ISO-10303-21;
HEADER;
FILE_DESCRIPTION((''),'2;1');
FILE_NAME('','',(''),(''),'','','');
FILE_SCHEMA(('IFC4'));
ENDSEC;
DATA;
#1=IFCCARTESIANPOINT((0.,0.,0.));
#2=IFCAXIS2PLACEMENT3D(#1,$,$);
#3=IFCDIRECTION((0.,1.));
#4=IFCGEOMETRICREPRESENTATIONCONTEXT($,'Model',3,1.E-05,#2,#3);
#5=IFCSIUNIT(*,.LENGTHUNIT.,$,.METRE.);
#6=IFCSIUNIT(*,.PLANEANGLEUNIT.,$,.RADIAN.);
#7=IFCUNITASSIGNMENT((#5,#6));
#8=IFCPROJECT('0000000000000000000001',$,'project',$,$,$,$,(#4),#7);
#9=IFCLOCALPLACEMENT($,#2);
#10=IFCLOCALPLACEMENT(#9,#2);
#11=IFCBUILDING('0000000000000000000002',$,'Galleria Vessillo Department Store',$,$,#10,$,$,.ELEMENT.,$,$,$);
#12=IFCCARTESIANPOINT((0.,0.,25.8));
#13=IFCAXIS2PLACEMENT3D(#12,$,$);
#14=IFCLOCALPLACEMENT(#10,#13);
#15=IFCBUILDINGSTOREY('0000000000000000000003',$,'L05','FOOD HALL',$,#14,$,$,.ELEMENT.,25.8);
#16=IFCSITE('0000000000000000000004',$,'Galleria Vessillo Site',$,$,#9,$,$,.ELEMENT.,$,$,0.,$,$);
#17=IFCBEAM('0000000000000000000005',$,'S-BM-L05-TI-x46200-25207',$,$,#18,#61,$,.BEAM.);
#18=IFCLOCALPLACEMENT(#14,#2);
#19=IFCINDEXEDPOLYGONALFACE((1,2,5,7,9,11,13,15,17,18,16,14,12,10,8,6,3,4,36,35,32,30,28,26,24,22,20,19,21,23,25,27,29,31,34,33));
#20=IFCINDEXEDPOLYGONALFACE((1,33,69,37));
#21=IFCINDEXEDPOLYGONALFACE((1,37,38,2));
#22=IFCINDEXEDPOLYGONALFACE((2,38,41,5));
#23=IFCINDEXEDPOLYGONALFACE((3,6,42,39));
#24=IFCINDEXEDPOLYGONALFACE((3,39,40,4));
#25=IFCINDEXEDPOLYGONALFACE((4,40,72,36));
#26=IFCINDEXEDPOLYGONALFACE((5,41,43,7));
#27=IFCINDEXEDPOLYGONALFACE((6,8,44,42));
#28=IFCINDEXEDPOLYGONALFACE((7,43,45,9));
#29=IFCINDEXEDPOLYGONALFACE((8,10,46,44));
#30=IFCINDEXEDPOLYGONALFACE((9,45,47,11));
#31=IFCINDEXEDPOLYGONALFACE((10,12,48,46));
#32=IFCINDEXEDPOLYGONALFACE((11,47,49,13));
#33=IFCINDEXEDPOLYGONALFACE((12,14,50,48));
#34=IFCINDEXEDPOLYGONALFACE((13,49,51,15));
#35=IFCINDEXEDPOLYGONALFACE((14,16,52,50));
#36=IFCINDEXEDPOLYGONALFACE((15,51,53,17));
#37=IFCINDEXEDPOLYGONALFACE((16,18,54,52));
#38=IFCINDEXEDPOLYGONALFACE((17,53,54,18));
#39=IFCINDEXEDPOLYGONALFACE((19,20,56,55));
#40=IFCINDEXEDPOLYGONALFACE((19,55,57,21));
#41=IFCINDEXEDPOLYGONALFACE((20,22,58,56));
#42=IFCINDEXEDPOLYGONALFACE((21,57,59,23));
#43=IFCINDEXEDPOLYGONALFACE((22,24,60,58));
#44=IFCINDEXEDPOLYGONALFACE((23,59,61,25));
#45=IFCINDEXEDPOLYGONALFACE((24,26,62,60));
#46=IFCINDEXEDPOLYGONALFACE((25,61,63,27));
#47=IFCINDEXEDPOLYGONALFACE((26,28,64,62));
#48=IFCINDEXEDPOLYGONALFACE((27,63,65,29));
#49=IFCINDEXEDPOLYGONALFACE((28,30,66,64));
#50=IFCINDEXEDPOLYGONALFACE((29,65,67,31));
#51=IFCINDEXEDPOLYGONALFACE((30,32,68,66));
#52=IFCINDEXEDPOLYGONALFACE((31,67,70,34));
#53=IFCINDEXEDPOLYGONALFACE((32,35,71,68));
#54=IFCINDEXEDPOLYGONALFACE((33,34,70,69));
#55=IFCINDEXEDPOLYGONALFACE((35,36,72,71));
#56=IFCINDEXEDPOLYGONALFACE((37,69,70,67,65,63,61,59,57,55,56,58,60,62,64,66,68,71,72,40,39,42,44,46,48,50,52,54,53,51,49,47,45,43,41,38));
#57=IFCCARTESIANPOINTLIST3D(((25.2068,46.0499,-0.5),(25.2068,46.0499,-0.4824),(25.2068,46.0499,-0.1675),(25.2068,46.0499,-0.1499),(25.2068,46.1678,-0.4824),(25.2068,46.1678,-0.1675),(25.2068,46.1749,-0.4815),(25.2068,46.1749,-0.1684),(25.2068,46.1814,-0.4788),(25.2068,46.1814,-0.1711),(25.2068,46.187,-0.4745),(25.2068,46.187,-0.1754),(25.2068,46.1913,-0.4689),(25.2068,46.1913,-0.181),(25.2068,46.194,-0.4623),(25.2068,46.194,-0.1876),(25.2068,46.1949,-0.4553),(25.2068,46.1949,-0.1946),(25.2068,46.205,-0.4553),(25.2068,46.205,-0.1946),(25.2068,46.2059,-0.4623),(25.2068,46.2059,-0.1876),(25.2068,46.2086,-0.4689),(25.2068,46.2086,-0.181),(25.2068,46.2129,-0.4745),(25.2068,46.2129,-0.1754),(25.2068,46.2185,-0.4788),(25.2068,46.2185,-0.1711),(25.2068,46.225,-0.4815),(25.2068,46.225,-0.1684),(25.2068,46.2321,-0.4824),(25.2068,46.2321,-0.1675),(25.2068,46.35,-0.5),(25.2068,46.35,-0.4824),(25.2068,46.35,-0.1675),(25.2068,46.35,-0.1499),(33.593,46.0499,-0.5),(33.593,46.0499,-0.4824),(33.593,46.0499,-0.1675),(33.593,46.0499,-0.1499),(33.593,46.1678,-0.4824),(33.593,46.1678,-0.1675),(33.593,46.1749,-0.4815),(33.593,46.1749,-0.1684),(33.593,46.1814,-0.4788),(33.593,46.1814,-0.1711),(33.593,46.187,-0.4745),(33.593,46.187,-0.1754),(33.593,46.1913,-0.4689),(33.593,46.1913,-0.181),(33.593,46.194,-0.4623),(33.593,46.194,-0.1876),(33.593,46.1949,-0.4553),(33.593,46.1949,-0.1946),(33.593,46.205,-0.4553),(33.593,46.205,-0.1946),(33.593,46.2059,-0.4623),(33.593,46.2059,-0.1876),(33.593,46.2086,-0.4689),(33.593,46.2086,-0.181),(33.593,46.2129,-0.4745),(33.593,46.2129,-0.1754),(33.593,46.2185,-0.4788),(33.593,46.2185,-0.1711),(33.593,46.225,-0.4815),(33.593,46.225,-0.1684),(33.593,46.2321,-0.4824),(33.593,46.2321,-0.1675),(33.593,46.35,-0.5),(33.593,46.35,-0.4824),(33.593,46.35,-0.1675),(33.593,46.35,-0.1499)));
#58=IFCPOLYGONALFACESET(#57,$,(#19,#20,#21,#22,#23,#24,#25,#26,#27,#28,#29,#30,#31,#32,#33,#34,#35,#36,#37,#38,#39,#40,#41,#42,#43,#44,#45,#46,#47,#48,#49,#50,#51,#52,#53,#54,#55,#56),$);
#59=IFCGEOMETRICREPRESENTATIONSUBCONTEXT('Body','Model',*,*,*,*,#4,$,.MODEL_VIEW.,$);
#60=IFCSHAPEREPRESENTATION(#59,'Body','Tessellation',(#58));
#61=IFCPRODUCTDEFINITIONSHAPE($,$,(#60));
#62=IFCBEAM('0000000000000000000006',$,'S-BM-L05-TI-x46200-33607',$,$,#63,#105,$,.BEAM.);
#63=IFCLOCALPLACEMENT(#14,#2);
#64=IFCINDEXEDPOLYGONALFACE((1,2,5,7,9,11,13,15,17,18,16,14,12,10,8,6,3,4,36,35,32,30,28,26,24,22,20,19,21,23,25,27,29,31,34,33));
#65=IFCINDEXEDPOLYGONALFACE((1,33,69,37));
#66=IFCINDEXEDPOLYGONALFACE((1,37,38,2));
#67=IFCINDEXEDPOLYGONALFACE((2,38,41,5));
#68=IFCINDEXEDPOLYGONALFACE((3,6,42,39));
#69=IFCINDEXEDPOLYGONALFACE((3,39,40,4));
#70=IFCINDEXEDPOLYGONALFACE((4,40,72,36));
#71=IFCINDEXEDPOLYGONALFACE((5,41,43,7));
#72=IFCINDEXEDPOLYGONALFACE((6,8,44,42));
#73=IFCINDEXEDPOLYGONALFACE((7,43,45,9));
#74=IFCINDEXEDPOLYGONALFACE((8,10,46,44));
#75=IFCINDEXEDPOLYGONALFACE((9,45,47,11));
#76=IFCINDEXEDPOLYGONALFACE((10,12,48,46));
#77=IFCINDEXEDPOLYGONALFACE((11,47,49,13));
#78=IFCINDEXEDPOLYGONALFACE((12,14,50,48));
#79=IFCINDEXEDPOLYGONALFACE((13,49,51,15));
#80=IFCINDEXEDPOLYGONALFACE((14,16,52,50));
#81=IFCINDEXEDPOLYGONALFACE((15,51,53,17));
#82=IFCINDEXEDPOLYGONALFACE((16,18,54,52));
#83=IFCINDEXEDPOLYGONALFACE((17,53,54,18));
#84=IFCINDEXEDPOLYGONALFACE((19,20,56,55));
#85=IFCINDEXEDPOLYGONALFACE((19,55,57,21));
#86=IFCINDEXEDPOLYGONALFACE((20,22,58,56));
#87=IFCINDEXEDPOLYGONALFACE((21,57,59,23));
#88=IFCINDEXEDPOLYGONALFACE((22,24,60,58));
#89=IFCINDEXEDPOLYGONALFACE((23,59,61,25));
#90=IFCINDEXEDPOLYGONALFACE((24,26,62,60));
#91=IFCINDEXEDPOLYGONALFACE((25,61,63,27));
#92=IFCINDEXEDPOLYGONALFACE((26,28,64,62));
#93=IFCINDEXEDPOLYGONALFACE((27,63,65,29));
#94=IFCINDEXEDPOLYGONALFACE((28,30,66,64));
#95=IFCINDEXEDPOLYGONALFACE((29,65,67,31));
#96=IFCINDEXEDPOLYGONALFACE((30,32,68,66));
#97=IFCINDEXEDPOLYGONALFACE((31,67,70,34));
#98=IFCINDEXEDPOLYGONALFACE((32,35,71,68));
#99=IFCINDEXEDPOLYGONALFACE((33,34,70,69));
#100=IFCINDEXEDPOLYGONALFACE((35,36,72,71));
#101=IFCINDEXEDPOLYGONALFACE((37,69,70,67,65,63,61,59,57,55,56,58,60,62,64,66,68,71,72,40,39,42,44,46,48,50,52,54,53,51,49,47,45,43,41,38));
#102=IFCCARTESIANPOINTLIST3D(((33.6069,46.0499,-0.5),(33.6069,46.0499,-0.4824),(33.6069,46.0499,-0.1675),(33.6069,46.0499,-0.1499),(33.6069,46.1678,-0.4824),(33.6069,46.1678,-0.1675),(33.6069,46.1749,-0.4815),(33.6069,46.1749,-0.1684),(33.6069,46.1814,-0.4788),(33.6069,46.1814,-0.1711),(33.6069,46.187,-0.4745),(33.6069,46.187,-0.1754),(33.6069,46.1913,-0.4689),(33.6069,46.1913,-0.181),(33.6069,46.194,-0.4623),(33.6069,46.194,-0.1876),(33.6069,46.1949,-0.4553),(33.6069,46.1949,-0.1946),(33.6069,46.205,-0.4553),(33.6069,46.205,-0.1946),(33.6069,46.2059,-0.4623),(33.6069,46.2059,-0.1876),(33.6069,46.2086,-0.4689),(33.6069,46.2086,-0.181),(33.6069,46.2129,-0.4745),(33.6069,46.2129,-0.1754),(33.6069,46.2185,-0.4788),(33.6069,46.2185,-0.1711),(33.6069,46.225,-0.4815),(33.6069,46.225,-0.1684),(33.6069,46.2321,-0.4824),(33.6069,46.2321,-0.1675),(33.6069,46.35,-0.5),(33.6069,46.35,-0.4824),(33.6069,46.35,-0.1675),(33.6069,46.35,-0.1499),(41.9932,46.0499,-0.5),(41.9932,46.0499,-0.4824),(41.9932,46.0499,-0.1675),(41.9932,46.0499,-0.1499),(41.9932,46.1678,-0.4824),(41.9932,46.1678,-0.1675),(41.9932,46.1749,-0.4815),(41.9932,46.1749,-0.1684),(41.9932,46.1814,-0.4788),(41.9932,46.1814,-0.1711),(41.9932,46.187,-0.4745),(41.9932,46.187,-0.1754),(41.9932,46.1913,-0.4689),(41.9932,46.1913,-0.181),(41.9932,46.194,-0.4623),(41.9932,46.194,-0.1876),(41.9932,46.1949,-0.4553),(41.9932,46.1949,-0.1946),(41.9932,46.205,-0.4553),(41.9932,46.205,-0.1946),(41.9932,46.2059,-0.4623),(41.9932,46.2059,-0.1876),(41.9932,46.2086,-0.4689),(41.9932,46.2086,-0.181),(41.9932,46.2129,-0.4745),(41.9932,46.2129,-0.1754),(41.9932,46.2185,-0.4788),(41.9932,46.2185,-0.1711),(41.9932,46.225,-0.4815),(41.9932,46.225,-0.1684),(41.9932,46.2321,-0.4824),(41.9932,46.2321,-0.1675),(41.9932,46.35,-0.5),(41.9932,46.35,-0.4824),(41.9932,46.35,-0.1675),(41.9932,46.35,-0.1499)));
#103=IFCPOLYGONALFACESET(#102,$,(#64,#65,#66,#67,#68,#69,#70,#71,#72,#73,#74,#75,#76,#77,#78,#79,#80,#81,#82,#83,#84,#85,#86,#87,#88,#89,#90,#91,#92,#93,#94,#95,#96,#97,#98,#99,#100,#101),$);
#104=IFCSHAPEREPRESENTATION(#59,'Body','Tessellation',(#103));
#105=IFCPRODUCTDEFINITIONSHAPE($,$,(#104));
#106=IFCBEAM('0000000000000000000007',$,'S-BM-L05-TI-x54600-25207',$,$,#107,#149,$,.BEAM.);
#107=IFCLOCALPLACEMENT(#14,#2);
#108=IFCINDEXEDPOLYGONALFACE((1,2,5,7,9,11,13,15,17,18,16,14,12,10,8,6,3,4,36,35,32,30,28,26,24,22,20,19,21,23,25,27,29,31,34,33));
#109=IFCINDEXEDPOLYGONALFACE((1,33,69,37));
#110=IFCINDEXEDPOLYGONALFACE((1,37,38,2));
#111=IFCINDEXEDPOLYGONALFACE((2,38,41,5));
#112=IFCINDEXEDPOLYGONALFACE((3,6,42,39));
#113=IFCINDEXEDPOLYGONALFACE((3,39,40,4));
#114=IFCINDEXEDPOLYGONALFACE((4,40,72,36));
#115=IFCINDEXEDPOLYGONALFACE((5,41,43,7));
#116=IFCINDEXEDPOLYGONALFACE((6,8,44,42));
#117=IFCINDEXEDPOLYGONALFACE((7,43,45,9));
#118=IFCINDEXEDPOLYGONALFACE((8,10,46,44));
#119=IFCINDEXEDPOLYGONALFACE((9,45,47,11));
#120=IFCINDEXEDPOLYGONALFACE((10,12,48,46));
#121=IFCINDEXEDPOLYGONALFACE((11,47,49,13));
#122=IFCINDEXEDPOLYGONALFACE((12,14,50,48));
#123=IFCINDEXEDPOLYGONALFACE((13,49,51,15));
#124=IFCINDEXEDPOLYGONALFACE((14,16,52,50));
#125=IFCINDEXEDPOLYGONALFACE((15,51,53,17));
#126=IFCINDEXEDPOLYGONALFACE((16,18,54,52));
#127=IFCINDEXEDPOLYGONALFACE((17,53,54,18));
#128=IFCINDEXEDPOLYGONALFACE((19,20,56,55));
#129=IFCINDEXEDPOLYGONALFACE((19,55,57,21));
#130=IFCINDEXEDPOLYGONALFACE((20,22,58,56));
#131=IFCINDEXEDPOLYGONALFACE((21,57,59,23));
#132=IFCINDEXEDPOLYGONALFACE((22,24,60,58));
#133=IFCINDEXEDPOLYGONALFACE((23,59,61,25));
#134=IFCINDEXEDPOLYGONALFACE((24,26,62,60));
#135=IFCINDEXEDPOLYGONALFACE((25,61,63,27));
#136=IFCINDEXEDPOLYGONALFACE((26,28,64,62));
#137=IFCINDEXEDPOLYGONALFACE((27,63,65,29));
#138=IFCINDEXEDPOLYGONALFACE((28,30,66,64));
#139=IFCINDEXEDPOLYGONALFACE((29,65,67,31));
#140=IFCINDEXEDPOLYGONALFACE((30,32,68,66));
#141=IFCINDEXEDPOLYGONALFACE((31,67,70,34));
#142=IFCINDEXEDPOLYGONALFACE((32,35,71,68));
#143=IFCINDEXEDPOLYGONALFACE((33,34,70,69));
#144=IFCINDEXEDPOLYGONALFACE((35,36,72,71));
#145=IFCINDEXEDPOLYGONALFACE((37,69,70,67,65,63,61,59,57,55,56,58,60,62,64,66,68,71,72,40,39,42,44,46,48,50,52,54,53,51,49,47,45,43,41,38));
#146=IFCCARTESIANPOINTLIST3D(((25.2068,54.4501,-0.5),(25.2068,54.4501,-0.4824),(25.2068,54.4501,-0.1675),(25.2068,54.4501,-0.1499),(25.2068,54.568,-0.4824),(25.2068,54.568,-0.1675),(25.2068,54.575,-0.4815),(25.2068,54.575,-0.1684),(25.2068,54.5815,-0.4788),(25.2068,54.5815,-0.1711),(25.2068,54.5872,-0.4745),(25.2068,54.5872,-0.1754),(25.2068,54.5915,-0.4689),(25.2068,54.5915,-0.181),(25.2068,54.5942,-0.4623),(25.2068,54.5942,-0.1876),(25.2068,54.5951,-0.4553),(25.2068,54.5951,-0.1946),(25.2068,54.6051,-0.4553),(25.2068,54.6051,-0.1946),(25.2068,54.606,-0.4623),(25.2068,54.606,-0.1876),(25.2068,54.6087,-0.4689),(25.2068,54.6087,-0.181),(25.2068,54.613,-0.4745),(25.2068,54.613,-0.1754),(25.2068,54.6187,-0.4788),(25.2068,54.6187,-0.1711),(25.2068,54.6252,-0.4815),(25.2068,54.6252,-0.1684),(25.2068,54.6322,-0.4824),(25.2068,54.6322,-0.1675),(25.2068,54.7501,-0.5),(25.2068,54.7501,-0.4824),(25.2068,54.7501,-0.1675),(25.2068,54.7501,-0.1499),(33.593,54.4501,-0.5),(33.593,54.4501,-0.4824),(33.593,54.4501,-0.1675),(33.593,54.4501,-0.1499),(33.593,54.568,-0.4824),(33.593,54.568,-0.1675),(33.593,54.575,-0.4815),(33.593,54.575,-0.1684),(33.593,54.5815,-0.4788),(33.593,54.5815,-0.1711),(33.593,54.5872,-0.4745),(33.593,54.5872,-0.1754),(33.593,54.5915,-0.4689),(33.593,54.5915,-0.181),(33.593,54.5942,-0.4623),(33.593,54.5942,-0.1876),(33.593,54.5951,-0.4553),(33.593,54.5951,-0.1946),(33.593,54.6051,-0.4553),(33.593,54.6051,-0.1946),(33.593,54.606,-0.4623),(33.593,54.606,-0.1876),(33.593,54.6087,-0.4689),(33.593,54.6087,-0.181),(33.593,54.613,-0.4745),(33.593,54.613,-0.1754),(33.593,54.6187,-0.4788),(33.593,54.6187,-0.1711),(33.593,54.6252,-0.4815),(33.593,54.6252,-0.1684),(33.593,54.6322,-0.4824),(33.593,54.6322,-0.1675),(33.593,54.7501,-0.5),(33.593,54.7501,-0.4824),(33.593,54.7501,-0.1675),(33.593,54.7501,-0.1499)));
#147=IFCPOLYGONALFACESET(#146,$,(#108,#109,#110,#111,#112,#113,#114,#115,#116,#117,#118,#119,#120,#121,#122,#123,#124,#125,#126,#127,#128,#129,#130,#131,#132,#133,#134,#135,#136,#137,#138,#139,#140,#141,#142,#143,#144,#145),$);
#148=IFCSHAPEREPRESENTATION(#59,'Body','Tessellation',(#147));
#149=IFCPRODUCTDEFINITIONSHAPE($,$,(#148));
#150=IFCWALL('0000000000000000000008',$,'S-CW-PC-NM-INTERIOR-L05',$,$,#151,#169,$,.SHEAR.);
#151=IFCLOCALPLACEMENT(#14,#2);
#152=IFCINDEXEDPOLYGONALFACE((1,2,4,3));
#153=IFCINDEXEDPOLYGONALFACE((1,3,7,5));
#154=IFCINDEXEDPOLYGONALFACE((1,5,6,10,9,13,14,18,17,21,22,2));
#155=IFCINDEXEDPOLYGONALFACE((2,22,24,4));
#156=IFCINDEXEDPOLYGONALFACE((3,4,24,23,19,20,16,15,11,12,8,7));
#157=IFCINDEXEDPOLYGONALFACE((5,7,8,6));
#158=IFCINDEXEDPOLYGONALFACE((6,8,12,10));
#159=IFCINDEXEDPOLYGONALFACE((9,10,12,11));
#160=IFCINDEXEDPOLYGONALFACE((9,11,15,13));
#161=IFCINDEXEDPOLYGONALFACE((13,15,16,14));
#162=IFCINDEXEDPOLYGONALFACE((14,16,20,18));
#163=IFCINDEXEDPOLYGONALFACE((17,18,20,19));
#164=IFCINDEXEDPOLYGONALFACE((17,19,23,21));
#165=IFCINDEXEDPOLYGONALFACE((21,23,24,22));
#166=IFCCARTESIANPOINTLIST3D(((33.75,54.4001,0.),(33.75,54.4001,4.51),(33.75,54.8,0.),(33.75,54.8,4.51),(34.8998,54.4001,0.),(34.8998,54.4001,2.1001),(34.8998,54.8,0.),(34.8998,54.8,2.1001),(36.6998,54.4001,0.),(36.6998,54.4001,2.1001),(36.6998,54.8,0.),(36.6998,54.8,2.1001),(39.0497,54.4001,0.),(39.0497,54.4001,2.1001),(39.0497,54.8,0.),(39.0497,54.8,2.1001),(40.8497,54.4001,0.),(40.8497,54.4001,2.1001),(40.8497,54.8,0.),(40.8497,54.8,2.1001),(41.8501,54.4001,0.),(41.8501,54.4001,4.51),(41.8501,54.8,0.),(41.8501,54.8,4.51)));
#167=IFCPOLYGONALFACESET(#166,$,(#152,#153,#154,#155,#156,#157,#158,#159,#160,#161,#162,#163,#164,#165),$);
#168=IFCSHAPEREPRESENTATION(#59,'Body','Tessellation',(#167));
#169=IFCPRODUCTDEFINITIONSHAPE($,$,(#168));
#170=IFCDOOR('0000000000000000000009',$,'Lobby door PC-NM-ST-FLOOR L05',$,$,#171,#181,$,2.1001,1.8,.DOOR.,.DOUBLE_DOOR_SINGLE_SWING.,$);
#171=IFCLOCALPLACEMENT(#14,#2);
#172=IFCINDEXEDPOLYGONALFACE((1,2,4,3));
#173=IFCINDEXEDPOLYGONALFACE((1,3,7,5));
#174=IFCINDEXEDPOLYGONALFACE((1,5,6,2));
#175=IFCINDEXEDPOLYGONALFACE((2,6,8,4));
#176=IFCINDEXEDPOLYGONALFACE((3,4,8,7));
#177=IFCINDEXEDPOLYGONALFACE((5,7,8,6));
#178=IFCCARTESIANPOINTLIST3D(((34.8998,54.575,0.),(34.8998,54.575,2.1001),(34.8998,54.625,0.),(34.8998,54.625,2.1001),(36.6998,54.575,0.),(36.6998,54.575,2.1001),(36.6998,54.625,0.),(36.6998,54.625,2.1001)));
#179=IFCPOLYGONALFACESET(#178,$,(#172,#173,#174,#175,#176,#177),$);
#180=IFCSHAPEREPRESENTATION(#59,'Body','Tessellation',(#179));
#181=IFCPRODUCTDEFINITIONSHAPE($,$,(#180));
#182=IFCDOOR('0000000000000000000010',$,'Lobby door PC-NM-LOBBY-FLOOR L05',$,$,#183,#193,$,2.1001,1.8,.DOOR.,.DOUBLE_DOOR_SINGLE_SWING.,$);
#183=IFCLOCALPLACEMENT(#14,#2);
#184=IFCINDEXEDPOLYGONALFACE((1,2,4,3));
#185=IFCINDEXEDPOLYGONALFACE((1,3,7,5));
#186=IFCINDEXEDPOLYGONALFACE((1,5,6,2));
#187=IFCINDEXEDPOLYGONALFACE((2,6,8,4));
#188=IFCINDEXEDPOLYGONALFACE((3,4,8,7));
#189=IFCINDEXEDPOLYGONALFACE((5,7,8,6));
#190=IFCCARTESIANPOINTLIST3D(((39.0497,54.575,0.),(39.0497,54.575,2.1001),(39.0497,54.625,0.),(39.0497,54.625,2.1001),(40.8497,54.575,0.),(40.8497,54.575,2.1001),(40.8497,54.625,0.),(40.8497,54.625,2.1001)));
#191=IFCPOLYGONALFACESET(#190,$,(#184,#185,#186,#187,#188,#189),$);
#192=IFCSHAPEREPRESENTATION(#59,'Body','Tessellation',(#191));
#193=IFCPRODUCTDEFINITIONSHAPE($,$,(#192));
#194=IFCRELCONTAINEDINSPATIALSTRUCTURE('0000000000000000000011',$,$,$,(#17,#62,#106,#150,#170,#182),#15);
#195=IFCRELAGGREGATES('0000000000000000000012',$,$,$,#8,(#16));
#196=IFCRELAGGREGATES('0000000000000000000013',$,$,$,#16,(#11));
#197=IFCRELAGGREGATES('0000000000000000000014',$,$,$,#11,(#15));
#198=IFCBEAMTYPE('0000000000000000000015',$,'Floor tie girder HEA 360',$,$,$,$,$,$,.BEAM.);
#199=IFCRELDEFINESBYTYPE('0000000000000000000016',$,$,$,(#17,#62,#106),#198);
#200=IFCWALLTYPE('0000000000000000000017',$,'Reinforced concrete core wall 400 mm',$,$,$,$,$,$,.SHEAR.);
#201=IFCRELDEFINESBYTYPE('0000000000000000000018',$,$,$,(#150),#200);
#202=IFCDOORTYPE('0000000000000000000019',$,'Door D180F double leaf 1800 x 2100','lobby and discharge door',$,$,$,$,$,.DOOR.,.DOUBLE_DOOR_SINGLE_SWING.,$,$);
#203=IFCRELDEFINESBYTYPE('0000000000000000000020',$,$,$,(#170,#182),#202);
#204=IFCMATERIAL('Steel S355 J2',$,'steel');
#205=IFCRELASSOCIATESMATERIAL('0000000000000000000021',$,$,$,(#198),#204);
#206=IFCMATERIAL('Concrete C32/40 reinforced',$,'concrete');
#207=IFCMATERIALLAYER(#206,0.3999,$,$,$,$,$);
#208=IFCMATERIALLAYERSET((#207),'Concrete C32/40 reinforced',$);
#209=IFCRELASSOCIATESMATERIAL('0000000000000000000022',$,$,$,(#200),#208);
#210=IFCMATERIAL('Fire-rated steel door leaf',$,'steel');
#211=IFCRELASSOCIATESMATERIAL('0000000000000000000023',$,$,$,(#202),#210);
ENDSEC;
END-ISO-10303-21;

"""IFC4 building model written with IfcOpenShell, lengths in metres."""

from ifc_helpers import new_model, si_unit, direction, frame, frame_2d, origin, origin_2d, place, context, subcontext, project, spatial, rectangle, i_section, extrude, material, layer, layer_set, material_profile, profile_set, type_object, element, fill, save


model = new_model("IFC4")

# Units and contexts
model_context = context("Model", 3, precision=1e-05, world=origin(), true_north=direction((0.0, 1.0)))
body_context = subcontext(model_context, "Body", "Model", "MODEL_VIEW")
ifc_project = project(units=[si_unit("LENGTHUNIT", "METRE"), si_unit("PLANEANGLEUNIT", "RADIAN")], contexts=[model_context])

# Site, building, storey
site_placement = place(None, origin())
site = spatial("IfcSite", under=ifc_project, at=site_placement, Name="Galleria Vessillo Site", CompositionType="ELEMENT", RefElevation=0.0)
building_placement = place(site_placement, origin())
building = spatial("IfcBuilding", under=site, at=building_placement, Name="Galleria Vessillo Department Store", CompositionType="ELEMENT")
storey_placement = place(building_placement, frame((0.0, 0.0, 25.8)))
storey = spatial("IfcBuildingStorey", under=building, at=storey_placement, Name="L05", Description="FOOD HALL", CompositionType="ELEMENT", Elevation=25.8)

# Beams
ifc_material_1 = material(Name="Steel S355 J2", Category="steel")
ifc_material_profile_1 = material_profile(ifc_material_1, i_section(OverallWidth=0.3, OverallDepth=0.3501, WebThickness=0.01, FlangeThickness=0.0176, FilletRadius=0.0271, at=origin_2d()), Name="HEA 360")
ifc_profile_set_1 = profile_set([ifc_material_profile_1], Name="Steel S355 J2")
beam_type_1 = type_object("IfcBeamType", Name="Floor tie girder HEA 360", PredefinedType="BEAM", material=ifc_profile_set_1)
for number, where, z_axis, x_axis, name in (
    (1, (25.2068, 46.2, -0.325), (1.0, 0.0, 0.0), (0.0, 1.0, 0.0), "S-BM-L05-TI-x46200-25207"),
    (2, (33.6069, 46.2, -0.325), (1.0, 0.0, 0.0), (0.0, 1.0, 0.0), "S-BM-L05-TI-x46200-33607"),
    (3, (25.2068, 54.6001, -0.325), (1.0, 0.0, 0.0), (0.0, 1.0, 0.0), "S-BM-L05-TI-x54600-25207"),
):
    element("IfcBeam", number, at=place(storey_placement, frame(where, z_axis=z_axis, x_axis=x_axis)), inside=storey, type_object=beam_type_1, Name=name, PredefinedType="BEAM", context=body_context, shape_type="SweptSolid", body=[
        extrude(i_section(OverallWidth=0.3, OverallDepth=0.3501, WebThickness=0.01, FlangeThickness=0.0176, FilletRadius=0.0271, at=origin_2d()), origin(), (0.0, 0.0, 1.0), 8.3862),
    ])

# Wall, openings, doors
ifc_material_2 = material(Name="Concrete C32/40 reinforced", Category="concrete")
ifc_layer_1 = layer(ifc_material_2, 0.3999)
ifc_layer_set_1 = layer_set([ifc_layer_1], Name="Concrete C32/40 reinforced")
wall_type_1 = type_object("IfcWallType", Name="Reinforced concrete core wall 400 mm", PredefinedType="SHEAR", material=ifc_layer_set_1)
wall_1_placement = place(storey_placement, frame((33.75, 54.6001, 0.0), z_axis=(0.0, 0.0, 1.0), x_axis=(1.0, 0.0, 0.0)))
wall_1 = element("IfcWall", 4, at=wall_1_placement, inside=storey, type_object=wall_type_1, Name="S-CW-PC-NM-INTERIOR-L05", PredefinedType="SHEAR", context=body_context, shape_type="SweptSolid", body=[
    extrude(rectangle(XDim=8.1001, YDim=0.3999, at=frame_2d((4.05, 0.0))), origin(), (0.0, 0.0, 1.0), 4.51),
])
opening_1_placement = place(wall_1_placement, frame((1.1499, 0.0, 0.0)))
opening_1 = element("IfcOpeningElement", 5, at=opening_1_placement, cuts=wall_1, PredefinedType="OPENING", context=body_context, shape_type="SweptSolid", body=[
    extrude(rectangle(XDim=1.8, YDim=2.1001, at=frame_2d((0.8999, 1.05))), frame((0.0, 0.21, 0.0), z_axis=(0.0, -1.0, 0.0), x_axis=(1.0, 0.0, 0.0)), (0.0, 0.0, 1.0), 0.4199),
])
opening_2_placement = place(wall_1_placement, frame((5.2998, 0.0, 0.0)))
opening_2 = element("IfcOpeningElement", 6, at=opening_2_placement, cuts=wall_1, PredefinedType="OPENING", context=body_context, shape_type="SweptSolid", body=[
    extrude(rectangle(XDim=1.8, YDim=2.1001, at=frame_2d((0.8999, 1.05))), frame((0.0, 0.21, 0.0), z_axis=(0.0, -1.0, 0.0), x_axis=(1.0, 0.0, 0.0)), (0.0, 0.0, 1.0), 0.4199),
])
ifc_material_3 = material(Name="Fire-rated steel door leaf", Category="steel")
door_type_1 = type_object("IfcDoorType", Name="Door D180F double leaf 1800 x 2100", Description="lobby and discharge door", OperationType="DOUBLE_DOOR_SINGLE_SWING", PredefinedType="DOOR", material=ifc_material_3)
door_1_placement = place(opening_1_placement, origin())
door_1 = element("IfcDoor", 7, at=door_1_placement, inside=storey, type_object=door_type_1, Name="Lobby door PC-NM-ST-FLOOR L05", OperationType="DOUBLE_DOOR_SINGLE_SWING", OverallHeight=2.1001, OverallWidth=1.8, PredefinedType="DOOR", context=body_context, shape_type="SweptSolid", body=[
    extrude(rectangle(XDim=1.8, YDim=2.1001, at=frame_2d((0.8999, 1.05))), frame((0.0, 0.0249, 0.0), z_axis=(0.0, -1.0, 0.0), x_axis=(1.0, 0.0, 0.0)), (0.0, 0.0, 1.0), 0.05),
])
fill(opening_1, door_1)
door_2_placement = place(opening_2_placement, origin())
door_2 = element("IfcDoor", 8, at=door_2_placement, inside=storey, type_object=door_type_1, Name="Lobby door PC-NM-LOBBY-FLOOR L05", OperationType="DOUBLE_DOOR_SINGLE_SWING", OverallHeight=2.1001, OverallWidth=1.8, PredefinedType="DOOR", context=body_context, shape_type="SweptSolid", body=[
    extrude(rectangle(XDim=1.8, YDim=2.1001, at=frame_2d((0.8999, 1.05))), frame((0.0, 0.0249, 0.0), z_axis=(0.0, -1.0, 0.0), x_axis=(1.0, 0.0, 0.0)), (0.0, 0.0, 1.0), 0.05),
])
fill(opening_2, door_2)

save(model, "model.ifc")
